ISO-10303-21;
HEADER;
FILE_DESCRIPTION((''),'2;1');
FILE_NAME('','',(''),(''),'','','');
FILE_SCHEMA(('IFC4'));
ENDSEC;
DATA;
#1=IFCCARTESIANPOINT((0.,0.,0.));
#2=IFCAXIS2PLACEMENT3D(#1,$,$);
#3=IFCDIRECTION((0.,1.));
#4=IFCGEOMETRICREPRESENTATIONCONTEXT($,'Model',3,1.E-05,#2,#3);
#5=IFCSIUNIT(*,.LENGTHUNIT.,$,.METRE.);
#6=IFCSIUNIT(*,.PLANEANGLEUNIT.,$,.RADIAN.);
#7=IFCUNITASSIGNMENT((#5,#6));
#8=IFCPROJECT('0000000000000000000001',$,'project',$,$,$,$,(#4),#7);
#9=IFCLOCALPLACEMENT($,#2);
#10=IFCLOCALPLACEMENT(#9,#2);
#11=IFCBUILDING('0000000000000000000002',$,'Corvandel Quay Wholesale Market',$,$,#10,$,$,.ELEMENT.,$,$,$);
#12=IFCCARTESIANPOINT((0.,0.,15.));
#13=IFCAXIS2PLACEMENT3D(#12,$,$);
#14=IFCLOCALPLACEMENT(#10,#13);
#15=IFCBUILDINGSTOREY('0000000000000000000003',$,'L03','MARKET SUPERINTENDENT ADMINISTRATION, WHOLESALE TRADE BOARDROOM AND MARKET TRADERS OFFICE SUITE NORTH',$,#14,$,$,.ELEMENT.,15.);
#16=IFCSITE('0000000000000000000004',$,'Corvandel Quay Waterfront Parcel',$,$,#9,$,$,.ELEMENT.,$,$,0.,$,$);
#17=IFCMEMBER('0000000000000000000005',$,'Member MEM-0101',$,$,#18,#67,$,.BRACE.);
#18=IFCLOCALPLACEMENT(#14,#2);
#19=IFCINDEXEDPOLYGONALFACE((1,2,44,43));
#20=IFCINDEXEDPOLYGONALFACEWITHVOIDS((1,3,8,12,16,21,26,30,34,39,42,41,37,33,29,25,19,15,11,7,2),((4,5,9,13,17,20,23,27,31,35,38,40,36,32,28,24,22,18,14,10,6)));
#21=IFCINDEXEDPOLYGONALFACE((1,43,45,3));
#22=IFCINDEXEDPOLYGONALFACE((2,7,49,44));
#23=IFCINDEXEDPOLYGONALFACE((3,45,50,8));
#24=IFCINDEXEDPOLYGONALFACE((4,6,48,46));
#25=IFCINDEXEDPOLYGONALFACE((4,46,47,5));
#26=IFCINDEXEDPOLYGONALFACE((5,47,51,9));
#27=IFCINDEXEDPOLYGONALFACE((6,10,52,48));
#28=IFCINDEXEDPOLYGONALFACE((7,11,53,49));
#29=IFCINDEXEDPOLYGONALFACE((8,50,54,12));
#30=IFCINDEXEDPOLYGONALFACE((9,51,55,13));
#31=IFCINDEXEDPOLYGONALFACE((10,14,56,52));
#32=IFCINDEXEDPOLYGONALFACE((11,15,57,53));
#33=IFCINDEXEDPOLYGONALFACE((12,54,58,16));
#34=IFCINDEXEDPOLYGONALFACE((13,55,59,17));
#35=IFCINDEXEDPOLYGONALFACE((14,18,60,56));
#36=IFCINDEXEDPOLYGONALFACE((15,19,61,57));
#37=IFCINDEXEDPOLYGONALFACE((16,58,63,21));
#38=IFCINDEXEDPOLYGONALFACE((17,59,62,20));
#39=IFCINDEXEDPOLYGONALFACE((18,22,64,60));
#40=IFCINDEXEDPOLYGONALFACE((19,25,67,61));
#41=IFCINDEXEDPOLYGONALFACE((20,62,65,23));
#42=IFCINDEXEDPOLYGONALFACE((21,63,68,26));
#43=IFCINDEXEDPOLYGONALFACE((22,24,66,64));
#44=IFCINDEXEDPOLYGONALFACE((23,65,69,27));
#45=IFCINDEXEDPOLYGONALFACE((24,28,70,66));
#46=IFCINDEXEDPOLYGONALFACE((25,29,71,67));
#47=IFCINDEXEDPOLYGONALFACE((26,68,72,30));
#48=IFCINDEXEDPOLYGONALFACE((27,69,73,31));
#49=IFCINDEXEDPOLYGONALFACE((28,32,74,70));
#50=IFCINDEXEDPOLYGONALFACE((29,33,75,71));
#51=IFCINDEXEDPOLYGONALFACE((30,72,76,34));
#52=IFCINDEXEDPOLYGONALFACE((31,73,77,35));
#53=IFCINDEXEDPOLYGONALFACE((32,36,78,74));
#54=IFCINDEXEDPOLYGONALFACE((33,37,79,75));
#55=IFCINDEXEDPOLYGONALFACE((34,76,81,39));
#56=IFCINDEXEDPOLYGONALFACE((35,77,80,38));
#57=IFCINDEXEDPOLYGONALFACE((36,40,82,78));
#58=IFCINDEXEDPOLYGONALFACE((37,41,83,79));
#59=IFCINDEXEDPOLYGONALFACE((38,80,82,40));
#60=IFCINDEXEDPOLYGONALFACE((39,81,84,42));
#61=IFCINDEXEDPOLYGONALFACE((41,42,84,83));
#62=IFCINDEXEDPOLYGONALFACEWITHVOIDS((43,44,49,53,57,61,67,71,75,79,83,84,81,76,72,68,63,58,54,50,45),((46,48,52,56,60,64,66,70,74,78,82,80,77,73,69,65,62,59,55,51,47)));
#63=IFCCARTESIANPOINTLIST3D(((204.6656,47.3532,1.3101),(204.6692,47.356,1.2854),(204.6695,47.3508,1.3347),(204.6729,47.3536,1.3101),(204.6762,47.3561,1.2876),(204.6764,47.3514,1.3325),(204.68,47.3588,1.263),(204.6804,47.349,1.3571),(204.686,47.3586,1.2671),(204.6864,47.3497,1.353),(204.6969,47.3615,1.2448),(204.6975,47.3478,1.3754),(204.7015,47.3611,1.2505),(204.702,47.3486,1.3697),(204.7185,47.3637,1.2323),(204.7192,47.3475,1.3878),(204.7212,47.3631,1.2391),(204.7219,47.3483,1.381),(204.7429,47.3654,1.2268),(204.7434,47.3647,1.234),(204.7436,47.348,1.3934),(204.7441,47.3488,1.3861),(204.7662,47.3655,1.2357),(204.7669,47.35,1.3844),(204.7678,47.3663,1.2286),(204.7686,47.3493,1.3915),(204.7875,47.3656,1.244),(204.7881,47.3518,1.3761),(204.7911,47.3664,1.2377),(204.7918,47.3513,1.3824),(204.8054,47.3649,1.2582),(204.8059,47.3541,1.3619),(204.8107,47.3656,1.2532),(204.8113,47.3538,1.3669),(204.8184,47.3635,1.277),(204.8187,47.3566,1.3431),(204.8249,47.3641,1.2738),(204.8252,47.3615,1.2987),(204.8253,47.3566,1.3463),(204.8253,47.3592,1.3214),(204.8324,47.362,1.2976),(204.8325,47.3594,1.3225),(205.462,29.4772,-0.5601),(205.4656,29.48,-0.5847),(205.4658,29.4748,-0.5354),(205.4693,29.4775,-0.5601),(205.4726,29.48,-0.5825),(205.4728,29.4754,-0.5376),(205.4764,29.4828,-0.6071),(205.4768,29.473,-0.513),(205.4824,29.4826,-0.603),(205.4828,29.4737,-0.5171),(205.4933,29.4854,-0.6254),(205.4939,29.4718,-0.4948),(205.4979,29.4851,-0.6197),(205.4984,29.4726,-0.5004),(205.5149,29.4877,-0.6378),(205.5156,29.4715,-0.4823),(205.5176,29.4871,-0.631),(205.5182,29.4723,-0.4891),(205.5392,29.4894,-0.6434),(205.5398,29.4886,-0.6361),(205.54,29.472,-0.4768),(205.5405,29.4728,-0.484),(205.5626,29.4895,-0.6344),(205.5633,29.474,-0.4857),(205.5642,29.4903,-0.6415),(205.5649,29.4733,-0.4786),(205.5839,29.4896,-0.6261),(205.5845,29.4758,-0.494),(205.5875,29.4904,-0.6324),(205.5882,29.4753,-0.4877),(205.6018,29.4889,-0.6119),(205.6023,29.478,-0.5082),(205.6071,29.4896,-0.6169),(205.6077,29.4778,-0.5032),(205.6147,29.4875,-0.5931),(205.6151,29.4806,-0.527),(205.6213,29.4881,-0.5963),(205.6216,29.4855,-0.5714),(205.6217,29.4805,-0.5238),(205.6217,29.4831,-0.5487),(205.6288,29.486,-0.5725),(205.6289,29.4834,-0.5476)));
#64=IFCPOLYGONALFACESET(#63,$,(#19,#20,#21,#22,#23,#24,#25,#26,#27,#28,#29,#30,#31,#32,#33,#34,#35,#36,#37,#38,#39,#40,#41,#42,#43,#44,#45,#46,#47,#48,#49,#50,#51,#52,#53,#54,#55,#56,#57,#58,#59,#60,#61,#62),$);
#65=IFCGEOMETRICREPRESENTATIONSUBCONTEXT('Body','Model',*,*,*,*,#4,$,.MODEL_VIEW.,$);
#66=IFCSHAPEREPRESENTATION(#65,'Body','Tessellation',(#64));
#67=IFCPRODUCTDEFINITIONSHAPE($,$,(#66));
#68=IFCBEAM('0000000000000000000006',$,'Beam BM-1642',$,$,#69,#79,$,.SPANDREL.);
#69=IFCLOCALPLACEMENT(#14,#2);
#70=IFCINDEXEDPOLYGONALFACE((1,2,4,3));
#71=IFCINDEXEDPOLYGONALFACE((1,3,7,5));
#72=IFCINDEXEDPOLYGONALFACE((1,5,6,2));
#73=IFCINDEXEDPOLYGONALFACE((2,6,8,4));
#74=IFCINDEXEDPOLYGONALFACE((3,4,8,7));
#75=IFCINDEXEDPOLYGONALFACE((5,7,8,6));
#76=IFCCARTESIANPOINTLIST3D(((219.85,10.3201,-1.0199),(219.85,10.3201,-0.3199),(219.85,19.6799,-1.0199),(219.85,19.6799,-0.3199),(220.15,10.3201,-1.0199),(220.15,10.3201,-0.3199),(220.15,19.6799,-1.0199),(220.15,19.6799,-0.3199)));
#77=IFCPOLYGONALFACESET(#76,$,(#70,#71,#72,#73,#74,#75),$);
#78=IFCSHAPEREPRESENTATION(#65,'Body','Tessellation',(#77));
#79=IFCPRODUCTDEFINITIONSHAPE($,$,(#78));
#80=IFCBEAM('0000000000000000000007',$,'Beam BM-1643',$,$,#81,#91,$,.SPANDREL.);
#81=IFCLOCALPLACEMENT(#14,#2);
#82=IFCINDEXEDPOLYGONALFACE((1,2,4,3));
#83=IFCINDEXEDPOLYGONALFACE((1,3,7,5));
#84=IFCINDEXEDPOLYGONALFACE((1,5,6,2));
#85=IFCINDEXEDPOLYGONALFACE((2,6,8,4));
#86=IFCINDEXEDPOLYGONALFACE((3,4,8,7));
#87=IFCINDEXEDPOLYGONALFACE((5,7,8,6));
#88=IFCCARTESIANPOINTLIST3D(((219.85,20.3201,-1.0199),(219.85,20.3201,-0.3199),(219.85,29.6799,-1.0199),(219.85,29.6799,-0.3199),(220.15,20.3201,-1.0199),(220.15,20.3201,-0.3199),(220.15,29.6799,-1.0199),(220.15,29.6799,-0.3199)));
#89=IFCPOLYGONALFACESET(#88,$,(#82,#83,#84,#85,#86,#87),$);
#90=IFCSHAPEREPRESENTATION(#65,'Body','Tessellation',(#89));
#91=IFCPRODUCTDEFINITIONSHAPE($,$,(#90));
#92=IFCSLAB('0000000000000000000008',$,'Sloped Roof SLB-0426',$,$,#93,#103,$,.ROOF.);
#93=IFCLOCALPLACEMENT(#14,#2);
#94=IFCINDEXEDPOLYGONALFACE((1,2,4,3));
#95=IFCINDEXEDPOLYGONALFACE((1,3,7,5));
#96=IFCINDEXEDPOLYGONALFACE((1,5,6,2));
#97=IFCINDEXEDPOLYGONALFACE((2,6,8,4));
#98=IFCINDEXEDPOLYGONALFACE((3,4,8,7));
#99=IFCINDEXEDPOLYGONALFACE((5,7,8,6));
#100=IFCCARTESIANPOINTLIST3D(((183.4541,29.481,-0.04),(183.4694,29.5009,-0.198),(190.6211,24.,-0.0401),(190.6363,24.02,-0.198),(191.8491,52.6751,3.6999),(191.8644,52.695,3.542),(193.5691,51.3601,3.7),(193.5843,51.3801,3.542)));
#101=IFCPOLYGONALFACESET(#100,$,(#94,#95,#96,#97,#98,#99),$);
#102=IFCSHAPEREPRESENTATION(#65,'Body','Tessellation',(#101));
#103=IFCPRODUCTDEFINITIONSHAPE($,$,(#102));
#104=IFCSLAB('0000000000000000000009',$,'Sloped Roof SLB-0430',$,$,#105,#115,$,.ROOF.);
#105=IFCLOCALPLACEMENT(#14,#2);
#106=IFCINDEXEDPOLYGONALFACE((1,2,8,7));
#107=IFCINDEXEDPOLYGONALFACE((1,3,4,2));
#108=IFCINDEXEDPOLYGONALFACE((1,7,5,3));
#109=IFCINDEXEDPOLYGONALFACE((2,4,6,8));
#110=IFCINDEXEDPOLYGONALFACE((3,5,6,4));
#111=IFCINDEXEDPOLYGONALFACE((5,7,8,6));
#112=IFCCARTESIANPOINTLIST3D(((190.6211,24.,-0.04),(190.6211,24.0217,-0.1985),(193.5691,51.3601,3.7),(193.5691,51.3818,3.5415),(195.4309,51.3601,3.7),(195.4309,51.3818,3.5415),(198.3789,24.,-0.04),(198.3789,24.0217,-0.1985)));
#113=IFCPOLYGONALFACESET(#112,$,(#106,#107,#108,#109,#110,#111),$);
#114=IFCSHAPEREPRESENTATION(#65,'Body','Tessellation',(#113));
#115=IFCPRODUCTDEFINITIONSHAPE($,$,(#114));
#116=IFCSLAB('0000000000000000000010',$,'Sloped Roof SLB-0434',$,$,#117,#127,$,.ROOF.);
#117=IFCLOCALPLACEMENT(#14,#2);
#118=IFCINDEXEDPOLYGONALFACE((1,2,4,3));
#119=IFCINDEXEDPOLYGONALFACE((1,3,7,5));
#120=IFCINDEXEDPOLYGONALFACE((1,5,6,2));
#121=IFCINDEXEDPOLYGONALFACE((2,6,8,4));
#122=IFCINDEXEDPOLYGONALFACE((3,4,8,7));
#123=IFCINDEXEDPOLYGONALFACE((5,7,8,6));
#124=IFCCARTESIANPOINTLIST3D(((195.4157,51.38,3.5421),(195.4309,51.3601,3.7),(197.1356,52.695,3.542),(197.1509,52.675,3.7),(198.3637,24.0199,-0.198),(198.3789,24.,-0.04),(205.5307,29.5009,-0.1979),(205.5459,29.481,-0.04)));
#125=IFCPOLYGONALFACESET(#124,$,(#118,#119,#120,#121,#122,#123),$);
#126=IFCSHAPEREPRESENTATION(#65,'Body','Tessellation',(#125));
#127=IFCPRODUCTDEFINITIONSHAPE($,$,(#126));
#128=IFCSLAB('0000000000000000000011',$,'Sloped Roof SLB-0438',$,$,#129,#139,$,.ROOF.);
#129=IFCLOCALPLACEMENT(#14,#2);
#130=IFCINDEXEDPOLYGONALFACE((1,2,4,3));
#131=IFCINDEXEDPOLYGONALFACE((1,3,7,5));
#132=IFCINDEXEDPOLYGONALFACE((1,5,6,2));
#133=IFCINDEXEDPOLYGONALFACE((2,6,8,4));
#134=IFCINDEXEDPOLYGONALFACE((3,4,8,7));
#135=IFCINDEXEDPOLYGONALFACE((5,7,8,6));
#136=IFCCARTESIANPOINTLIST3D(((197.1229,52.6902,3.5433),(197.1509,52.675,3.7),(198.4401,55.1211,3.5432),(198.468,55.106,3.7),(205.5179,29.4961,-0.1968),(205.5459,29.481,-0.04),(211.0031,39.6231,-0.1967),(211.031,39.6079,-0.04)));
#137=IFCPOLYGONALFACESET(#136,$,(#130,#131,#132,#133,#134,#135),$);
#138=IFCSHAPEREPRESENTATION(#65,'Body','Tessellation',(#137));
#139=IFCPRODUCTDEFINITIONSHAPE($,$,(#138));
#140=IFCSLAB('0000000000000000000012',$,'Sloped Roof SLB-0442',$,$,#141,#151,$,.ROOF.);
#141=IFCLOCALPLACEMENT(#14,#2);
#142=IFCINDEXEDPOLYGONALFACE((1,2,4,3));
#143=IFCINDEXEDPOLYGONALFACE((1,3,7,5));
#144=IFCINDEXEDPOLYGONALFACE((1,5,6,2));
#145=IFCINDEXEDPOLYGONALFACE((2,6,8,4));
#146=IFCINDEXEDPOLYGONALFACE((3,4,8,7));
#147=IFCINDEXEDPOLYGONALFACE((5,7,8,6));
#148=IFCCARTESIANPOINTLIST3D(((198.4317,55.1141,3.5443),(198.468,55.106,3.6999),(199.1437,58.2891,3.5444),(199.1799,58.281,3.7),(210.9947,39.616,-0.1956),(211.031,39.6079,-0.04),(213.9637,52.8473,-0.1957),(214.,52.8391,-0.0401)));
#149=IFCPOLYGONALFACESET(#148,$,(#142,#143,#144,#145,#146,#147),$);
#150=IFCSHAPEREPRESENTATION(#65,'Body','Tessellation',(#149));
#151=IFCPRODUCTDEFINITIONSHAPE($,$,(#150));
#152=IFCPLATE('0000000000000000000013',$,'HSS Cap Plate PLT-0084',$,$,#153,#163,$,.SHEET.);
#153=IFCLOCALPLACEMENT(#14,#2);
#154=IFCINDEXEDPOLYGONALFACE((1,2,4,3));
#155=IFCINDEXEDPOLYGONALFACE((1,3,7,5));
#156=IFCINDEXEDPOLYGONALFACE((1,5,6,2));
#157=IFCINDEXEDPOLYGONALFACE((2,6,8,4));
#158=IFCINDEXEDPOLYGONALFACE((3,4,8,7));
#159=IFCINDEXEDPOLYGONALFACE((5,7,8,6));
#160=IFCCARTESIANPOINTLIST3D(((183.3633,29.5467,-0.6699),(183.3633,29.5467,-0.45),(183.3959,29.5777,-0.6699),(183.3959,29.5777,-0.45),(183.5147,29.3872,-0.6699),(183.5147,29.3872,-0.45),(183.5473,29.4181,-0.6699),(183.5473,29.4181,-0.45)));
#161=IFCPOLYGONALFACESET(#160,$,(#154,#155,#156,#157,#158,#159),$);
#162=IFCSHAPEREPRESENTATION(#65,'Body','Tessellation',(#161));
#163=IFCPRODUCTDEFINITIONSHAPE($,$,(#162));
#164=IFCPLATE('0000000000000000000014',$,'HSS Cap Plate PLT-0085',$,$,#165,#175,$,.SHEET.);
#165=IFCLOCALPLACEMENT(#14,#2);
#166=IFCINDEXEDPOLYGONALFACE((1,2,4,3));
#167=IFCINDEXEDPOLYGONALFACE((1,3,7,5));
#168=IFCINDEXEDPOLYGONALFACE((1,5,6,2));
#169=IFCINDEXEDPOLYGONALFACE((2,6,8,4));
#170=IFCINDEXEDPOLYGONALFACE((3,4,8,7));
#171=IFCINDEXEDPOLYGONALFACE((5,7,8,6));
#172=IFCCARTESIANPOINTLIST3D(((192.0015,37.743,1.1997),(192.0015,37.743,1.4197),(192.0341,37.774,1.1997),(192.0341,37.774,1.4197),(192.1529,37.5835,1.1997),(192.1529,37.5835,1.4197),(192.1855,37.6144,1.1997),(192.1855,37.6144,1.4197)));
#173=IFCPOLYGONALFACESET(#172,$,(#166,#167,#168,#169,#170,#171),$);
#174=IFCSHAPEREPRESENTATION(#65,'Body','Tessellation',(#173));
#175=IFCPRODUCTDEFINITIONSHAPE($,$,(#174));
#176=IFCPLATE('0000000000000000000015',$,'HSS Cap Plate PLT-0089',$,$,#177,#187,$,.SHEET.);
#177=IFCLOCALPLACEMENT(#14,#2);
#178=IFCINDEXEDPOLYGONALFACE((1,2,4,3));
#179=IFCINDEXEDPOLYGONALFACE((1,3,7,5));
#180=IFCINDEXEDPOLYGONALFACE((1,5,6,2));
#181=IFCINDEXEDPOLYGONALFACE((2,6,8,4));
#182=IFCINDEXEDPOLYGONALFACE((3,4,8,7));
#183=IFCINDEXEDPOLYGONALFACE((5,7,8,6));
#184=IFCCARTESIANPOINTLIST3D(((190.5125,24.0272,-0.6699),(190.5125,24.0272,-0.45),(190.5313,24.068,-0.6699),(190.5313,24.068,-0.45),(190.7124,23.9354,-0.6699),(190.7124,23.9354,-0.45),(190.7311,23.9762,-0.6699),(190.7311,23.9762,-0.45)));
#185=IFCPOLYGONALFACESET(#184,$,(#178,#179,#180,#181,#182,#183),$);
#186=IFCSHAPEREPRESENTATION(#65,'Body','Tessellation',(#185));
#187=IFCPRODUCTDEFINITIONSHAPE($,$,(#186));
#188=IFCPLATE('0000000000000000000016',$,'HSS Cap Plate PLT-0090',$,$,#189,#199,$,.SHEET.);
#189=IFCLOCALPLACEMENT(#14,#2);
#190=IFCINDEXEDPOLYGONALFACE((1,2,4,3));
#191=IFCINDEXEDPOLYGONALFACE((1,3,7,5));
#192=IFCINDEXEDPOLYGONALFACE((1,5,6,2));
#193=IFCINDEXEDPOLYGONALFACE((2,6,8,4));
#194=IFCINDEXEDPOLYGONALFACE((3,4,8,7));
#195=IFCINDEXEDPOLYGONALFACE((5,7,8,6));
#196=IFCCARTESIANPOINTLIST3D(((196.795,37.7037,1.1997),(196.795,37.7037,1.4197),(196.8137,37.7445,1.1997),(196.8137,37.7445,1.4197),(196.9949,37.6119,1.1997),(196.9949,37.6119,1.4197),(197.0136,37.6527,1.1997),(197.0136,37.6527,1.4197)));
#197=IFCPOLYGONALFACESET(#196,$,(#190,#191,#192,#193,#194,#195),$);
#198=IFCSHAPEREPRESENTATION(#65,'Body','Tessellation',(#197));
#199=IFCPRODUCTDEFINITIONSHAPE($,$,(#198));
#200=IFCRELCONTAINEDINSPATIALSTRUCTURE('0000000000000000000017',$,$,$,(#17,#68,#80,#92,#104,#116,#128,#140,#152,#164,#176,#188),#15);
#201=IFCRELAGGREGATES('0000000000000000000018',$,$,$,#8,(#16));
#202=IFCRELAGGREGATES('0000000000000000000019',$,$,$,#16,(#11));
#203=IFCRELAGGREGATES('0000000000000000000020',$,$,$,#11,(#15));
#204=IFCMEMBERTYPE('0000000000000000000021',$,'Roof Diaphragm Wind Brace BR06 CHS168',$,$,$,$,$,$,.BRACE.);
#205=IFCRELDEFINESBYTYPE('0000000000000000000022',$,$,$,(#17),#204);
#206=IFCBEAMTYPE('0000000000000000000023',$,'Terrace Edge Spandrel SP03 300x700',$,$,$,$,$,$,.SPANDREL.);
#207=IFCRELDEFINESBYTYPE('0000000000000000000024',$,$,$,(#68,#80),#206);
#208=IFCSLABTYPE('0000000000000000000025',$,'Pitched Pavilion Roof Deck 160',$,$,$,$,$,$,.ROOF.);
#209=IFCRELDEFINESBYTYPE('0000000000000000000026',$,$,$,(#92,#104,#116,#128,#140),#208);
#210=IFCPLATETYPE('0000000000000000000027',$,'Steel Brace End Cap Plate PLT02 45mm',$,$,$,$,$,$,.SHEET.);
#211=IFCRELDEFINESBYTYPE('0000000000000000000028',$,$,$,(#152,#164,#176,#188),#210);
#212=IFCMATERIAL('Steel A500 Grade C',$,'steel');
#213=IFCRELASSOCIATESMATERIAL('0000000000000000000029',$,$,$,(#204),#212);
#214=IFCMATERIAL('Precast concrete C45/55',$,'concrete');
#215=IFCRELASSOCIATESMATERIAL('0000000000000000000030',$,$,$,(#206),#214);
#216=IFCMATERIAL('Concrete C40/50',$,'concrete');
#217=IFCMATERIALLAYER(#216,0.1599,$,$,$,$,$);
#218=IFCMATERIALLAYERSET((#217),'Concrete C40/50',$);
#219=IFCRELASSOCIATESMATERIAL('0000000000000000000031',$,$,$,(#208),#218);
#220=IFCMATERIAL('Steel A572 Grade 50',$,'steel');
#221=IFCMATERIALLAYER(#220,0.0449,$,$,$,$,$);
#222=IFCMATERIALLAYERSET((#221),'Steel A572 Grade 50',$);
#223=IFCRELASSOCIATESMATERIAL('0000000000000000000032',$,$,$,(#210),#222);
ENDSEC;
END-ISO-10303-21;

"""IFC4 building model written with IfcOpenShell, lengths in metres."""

from ifc_helpers import new_model, si_unit, direction, frame, origin, origin_2d, place, context, subcontext, project, spatial, polyline, rectangle, hollow_circle, outline, extrude, material, layer, layer_set, material_profile, profile_set, type_object, element, save


model = new_model("IFC4")

# Units and contexts
model_context = context("Model", 3, precision=1e-05, world=origin(), true_north=direction((0.0, 1.0)))
body_context = subcontext(model_context, "Body", "Model", "MODEL_VIEW")
ifc_project = project(units=[si_unit("LENGTHUNIT", "METRE"), si_unit("PLANEANGLEUNIT", "RADIAN")], contexts=[model_context])

# Site, building, storey
site_placement = place(None, origin())
site = spatial("IfcSite", under=ifc_project, at=site_placement, Name="Corvandel Quay Waterfront Parcel", CompositionType="ELEMENT", RefElevation=0.0)
building_placement = place(site_placement, origin())
building = spatial("IfcBuilding", under=site, at=building_placement, Name="Corvandel Quay Wholesale Market", CompositionType="ELEMENT")
storey_placement = place(building_placement, frame((0.0, 0.0, 15.0)))
storey = spatial("IfcBuildingStorey", under=building, at=storey_placement, Name="L03", Description="MARKET SUPERINTENDENT ADMINISTRATION, WHOLESALE TRADE BOARDROOM AND MARKET TRADERS OFFICE SUITE NORTH", CompositionType="ELEMENT", Elevation=15.0)

# Shared definitions
ifc_material_1 = material(Name="Precast concrete C45/55", Category="concrete")

# Member
ifc_material_2 = material(Name="Steel A500 Grade C", Category="steel")
ifc_material_profile_1 = material_profile(ifc_material_2, hollow_circle(Radius=0.084, WallThickness=0.0073, at=origin_2d()), Name="HSS6.625X0.312")
ifc_profile_set_1 = profile_set([ifc_material_profile_1], Name="Steel A500 Grade C")
member_type_1 = type_object("IfcMemberType", Name="Roof Diaphragm Wind Brace BR06 CHS168", PredefinedType="BRACE", material=ifc_profile_set_1)
member_1_placement = place(storey_placement, frame((205.5459, 29.481, -0.5601), z_axis=(-0.044265, 0.993597, 0.103946), x_axis=(-0.999009, -0.044507, 0.0)))
element("IfcMember", 1, at=member_1_placement, inside=storey, type_object=member_type_1, Name="Member MEM-0101", PredefinedType="BRACE", context=body_context, shape_type="SweptSolid", body=[
    extrude(hollow_circle(Radius=0.084, WallThickness=0.0073, at=origin_2d()), origin(), (0.0, 0.0, 1.0), 17.9912),
])

# Beams
ifc_material_profile_2 = material_profile(ifc_material_1, rectangle(XDim=0.3, YDim=0.7, at=origin_2d()), Name="PC-SPN-300x700")
ifc_profile_set_2 = profile_set([ifc_material_profile_2], Name="Precast concrete C45/55")
beam_type_1 = type_object("IfcBeamType", Name="Terrace Edge Spandrel SP03 300x700", PredefinedType="SPANDREL", material=ifc_profile_set_2)
for number, where, z_axis, x_axis, name in (
    (2, (220.0, 10.3201, -0.6699), (0.0, 1.0, 0.0), (-1.0, 0.0, 0.0), "Beam BM-1642"),
    (3, (220.0, 20.3201, -0.6699), (0.0, 1.0, 0.0), (-1.0, 0.0, 0.0), "Beam BM-1643"),
):
    element("IfcBeam", number, at=place(storey_placement, frame(where, z_axis=z_axis, x_axis=x_axis)), inside=storey, type_object=beam_type_1, Name=name, PredefinedType="SPANDREL", context=body_context, shape_type="SweptSolid", body=[
        extrude(rectangle(XDim=0.3, YDim=0.7, at=origin_2d()), origin(), (0.0, 0.0, 1.0), 9.3599),
    ])

# Slabs
ifc_material_3 = material(Name="Concrete C40/50", Category="concrete")
ifc_layer_1 = layer(ifc_material_3, 0.1599)
ifc_layer_set_1 = layer_set([ifc_layer_1], Name="Concrete C40/50")
slab_type = type_object("IfcSlabType", Name="Pitched Pavilion Roof Deck 160", PredefinedType="ROOF", material=ifc_layer_set_1)
slab_1_placement = place(storey_placement, frame((183.4541, 29.481, -0.04), z_axis=(-0.095377, -0.124724, 0.987597), x_axis=(0.794341, -0.607472, -0.000004)))
element("IfcSlab", 4, at=slab_1_placement, inside=storey, type_object=slab_type, Name="Sloped Roof SLB-0426", PredefinedType="ROOF", context=body_context, shape_type="SweptSolid", body=[
    extrude(outline(polyline([(0.0, 0.0), (9.0226, 0.0), (-5.2562, 23.8195), (-7.4213, 23.8192), (0.0, 0.0)])), origin(), (0.0, 0.0, -1.0), 0.1599),
])
slab_2_placement = place(storey_placement, frame((190.6211, 24.0, -0.04), z_axis=(0.0, -0.135436, 0.990786), x_axis=(1.0, 0.0, 0.0)))
element("IfcSlab", 5, at=slab_2_placement, inside=storey, type_object=slab_type, Name="Sloped Roof SLB-0430", PredefinedType="ROOF", context=body_context, shape_type="SweptSolid", body=[
    extrude(outline(polyline([(0.0, 0.0), (7.7578, 0.0), (4.8098, 27.6145), (2.948, 27.6145), (0.0, 0.0)])), origin(), (0.0, 0.0, -1.0), 0.1599),
])
slab_3_placement = place(storey_placement, frame((198.3789, 24.0, -0.04), z_axis=(0.095377, -0.124724, 0.987597), x_axis=(0.794341, 0.607472, 0.000004)))
element("IfcSlab", 6, at=slab_3_placement, inside=storey, type_object=slab_type, Name="Sloped Roof SLB-0434", PredefinedType="ROOF", context=body_context, shape_type="SweptSolid", body=[
    extrude(outline(polyline([(0.0, 0.0), (9.0226, 0.0), (16.4438, 23.8192), (14.2788, 23.8195), (0.0, 0.0)])), origin(), (0.0, 0.0, -1.0), 0.1599),
])
slab_4_placement = place(storey_placement, frame((205.5459, 29.481, -0.04), z_axis=(0.174884, -0.09473, 0.980021), x_axis=(0.476262, 0.879303, 0.000006)))
element("IfcSlab", 7, at=slab_4_placement, inside=storey, type_object=slab_type, Name="Sloped Roof SLB-0438", PredefinedType="ROOF", context=body_context, shape_type="SweptSolid", body=[
    extrude(outline(polyline([(0.0, 0.0), (11.517, 0.0), (19.1612, 18.8035), (16.3964, 18.8039), (0.0, 0.0)])), origin(), (0.0, 0.0, -1.0), 0.1599),
])
slab_5_placement = place(storey_placement, frame((211.031, 39.6079, -0.04), z_axis=(0.226774, -0.050879, 0.972618), x_axis=(0.218947, 0.975737, -0.000007)))
element("IfcSlab", 8, at=slab_5_placement, inside=storey, type_object=slab_type, Name="Sloped Roof SLB-0442", PredefinedType="ROOF", context=body_context, shape_type="SweptSolid", body=[
    extrude(outline(polyline([(0.0, 0.0), (13.5602, 0.0), (15.6252, 16.0926), (12.3714, 16.0921), (0.0, 0.0)])), origin(), (0.0, 0.0, -1.0), 0.1599),
])

# Plates
ifc_material_4 = material(Name="Steel A572 Grade 50", Category="steel")
ifc_layer_2 = layer(ifc_material_4, 0.0449)
ifc_layer_set_2 = layer_set([ifc_layer_2], Name="Steel A572 Grade 50")
plate_type = type_object("IfcPlateType", Name="Steel Brace End Cap Plate PLT02 45mm", PredefinedType="SHEET", material=ifc_layer_set_2)
for number, where, z_axis, x_axis, name in (
    (9, (183.4553, 29.4824, -0.6699), (0.0, 0.0, 1.0), (-0.688355, 0.725374, 0.0), "HSS Cap Plate PLT-0084"),
    (10, (192.0935, 37.6787, 1.1997), (0.0, 0.0, 1.0), (-0.688355, 0.725374, 0.0), "HSS Cap Plate PLT-0085"),
    (11, (190.6218, 24.0017, -0.6699), (0.0, 0.0, 1.0), (-0.908727, 0.417391, 0.0), "HSS Cap Plate PLT-0089"),
    (12, (196.9043, 37.6782, 1.1997), (0.0, 0.0, 1.0), (-0.908727, 0.417391, 0.0), "HSS Cap Plate PLT-0090"),
):
    element("IfcPlate", number, at=place(storey_placement, frame(where, z_axis=z_axis, x_axis=x_axis)), inside=storey, type_object=plate_type, Name=name, PredefinedType="SHEET", context=body_context, shape_type="SweptSolid", body=[
        extrude(rectangle(XDim=0.22, YDim=0.0449, at=origin_2d()), origin(), (0.0, 0.0, 1.0), 0.22),
    ])

save(model, "model.ifc")
